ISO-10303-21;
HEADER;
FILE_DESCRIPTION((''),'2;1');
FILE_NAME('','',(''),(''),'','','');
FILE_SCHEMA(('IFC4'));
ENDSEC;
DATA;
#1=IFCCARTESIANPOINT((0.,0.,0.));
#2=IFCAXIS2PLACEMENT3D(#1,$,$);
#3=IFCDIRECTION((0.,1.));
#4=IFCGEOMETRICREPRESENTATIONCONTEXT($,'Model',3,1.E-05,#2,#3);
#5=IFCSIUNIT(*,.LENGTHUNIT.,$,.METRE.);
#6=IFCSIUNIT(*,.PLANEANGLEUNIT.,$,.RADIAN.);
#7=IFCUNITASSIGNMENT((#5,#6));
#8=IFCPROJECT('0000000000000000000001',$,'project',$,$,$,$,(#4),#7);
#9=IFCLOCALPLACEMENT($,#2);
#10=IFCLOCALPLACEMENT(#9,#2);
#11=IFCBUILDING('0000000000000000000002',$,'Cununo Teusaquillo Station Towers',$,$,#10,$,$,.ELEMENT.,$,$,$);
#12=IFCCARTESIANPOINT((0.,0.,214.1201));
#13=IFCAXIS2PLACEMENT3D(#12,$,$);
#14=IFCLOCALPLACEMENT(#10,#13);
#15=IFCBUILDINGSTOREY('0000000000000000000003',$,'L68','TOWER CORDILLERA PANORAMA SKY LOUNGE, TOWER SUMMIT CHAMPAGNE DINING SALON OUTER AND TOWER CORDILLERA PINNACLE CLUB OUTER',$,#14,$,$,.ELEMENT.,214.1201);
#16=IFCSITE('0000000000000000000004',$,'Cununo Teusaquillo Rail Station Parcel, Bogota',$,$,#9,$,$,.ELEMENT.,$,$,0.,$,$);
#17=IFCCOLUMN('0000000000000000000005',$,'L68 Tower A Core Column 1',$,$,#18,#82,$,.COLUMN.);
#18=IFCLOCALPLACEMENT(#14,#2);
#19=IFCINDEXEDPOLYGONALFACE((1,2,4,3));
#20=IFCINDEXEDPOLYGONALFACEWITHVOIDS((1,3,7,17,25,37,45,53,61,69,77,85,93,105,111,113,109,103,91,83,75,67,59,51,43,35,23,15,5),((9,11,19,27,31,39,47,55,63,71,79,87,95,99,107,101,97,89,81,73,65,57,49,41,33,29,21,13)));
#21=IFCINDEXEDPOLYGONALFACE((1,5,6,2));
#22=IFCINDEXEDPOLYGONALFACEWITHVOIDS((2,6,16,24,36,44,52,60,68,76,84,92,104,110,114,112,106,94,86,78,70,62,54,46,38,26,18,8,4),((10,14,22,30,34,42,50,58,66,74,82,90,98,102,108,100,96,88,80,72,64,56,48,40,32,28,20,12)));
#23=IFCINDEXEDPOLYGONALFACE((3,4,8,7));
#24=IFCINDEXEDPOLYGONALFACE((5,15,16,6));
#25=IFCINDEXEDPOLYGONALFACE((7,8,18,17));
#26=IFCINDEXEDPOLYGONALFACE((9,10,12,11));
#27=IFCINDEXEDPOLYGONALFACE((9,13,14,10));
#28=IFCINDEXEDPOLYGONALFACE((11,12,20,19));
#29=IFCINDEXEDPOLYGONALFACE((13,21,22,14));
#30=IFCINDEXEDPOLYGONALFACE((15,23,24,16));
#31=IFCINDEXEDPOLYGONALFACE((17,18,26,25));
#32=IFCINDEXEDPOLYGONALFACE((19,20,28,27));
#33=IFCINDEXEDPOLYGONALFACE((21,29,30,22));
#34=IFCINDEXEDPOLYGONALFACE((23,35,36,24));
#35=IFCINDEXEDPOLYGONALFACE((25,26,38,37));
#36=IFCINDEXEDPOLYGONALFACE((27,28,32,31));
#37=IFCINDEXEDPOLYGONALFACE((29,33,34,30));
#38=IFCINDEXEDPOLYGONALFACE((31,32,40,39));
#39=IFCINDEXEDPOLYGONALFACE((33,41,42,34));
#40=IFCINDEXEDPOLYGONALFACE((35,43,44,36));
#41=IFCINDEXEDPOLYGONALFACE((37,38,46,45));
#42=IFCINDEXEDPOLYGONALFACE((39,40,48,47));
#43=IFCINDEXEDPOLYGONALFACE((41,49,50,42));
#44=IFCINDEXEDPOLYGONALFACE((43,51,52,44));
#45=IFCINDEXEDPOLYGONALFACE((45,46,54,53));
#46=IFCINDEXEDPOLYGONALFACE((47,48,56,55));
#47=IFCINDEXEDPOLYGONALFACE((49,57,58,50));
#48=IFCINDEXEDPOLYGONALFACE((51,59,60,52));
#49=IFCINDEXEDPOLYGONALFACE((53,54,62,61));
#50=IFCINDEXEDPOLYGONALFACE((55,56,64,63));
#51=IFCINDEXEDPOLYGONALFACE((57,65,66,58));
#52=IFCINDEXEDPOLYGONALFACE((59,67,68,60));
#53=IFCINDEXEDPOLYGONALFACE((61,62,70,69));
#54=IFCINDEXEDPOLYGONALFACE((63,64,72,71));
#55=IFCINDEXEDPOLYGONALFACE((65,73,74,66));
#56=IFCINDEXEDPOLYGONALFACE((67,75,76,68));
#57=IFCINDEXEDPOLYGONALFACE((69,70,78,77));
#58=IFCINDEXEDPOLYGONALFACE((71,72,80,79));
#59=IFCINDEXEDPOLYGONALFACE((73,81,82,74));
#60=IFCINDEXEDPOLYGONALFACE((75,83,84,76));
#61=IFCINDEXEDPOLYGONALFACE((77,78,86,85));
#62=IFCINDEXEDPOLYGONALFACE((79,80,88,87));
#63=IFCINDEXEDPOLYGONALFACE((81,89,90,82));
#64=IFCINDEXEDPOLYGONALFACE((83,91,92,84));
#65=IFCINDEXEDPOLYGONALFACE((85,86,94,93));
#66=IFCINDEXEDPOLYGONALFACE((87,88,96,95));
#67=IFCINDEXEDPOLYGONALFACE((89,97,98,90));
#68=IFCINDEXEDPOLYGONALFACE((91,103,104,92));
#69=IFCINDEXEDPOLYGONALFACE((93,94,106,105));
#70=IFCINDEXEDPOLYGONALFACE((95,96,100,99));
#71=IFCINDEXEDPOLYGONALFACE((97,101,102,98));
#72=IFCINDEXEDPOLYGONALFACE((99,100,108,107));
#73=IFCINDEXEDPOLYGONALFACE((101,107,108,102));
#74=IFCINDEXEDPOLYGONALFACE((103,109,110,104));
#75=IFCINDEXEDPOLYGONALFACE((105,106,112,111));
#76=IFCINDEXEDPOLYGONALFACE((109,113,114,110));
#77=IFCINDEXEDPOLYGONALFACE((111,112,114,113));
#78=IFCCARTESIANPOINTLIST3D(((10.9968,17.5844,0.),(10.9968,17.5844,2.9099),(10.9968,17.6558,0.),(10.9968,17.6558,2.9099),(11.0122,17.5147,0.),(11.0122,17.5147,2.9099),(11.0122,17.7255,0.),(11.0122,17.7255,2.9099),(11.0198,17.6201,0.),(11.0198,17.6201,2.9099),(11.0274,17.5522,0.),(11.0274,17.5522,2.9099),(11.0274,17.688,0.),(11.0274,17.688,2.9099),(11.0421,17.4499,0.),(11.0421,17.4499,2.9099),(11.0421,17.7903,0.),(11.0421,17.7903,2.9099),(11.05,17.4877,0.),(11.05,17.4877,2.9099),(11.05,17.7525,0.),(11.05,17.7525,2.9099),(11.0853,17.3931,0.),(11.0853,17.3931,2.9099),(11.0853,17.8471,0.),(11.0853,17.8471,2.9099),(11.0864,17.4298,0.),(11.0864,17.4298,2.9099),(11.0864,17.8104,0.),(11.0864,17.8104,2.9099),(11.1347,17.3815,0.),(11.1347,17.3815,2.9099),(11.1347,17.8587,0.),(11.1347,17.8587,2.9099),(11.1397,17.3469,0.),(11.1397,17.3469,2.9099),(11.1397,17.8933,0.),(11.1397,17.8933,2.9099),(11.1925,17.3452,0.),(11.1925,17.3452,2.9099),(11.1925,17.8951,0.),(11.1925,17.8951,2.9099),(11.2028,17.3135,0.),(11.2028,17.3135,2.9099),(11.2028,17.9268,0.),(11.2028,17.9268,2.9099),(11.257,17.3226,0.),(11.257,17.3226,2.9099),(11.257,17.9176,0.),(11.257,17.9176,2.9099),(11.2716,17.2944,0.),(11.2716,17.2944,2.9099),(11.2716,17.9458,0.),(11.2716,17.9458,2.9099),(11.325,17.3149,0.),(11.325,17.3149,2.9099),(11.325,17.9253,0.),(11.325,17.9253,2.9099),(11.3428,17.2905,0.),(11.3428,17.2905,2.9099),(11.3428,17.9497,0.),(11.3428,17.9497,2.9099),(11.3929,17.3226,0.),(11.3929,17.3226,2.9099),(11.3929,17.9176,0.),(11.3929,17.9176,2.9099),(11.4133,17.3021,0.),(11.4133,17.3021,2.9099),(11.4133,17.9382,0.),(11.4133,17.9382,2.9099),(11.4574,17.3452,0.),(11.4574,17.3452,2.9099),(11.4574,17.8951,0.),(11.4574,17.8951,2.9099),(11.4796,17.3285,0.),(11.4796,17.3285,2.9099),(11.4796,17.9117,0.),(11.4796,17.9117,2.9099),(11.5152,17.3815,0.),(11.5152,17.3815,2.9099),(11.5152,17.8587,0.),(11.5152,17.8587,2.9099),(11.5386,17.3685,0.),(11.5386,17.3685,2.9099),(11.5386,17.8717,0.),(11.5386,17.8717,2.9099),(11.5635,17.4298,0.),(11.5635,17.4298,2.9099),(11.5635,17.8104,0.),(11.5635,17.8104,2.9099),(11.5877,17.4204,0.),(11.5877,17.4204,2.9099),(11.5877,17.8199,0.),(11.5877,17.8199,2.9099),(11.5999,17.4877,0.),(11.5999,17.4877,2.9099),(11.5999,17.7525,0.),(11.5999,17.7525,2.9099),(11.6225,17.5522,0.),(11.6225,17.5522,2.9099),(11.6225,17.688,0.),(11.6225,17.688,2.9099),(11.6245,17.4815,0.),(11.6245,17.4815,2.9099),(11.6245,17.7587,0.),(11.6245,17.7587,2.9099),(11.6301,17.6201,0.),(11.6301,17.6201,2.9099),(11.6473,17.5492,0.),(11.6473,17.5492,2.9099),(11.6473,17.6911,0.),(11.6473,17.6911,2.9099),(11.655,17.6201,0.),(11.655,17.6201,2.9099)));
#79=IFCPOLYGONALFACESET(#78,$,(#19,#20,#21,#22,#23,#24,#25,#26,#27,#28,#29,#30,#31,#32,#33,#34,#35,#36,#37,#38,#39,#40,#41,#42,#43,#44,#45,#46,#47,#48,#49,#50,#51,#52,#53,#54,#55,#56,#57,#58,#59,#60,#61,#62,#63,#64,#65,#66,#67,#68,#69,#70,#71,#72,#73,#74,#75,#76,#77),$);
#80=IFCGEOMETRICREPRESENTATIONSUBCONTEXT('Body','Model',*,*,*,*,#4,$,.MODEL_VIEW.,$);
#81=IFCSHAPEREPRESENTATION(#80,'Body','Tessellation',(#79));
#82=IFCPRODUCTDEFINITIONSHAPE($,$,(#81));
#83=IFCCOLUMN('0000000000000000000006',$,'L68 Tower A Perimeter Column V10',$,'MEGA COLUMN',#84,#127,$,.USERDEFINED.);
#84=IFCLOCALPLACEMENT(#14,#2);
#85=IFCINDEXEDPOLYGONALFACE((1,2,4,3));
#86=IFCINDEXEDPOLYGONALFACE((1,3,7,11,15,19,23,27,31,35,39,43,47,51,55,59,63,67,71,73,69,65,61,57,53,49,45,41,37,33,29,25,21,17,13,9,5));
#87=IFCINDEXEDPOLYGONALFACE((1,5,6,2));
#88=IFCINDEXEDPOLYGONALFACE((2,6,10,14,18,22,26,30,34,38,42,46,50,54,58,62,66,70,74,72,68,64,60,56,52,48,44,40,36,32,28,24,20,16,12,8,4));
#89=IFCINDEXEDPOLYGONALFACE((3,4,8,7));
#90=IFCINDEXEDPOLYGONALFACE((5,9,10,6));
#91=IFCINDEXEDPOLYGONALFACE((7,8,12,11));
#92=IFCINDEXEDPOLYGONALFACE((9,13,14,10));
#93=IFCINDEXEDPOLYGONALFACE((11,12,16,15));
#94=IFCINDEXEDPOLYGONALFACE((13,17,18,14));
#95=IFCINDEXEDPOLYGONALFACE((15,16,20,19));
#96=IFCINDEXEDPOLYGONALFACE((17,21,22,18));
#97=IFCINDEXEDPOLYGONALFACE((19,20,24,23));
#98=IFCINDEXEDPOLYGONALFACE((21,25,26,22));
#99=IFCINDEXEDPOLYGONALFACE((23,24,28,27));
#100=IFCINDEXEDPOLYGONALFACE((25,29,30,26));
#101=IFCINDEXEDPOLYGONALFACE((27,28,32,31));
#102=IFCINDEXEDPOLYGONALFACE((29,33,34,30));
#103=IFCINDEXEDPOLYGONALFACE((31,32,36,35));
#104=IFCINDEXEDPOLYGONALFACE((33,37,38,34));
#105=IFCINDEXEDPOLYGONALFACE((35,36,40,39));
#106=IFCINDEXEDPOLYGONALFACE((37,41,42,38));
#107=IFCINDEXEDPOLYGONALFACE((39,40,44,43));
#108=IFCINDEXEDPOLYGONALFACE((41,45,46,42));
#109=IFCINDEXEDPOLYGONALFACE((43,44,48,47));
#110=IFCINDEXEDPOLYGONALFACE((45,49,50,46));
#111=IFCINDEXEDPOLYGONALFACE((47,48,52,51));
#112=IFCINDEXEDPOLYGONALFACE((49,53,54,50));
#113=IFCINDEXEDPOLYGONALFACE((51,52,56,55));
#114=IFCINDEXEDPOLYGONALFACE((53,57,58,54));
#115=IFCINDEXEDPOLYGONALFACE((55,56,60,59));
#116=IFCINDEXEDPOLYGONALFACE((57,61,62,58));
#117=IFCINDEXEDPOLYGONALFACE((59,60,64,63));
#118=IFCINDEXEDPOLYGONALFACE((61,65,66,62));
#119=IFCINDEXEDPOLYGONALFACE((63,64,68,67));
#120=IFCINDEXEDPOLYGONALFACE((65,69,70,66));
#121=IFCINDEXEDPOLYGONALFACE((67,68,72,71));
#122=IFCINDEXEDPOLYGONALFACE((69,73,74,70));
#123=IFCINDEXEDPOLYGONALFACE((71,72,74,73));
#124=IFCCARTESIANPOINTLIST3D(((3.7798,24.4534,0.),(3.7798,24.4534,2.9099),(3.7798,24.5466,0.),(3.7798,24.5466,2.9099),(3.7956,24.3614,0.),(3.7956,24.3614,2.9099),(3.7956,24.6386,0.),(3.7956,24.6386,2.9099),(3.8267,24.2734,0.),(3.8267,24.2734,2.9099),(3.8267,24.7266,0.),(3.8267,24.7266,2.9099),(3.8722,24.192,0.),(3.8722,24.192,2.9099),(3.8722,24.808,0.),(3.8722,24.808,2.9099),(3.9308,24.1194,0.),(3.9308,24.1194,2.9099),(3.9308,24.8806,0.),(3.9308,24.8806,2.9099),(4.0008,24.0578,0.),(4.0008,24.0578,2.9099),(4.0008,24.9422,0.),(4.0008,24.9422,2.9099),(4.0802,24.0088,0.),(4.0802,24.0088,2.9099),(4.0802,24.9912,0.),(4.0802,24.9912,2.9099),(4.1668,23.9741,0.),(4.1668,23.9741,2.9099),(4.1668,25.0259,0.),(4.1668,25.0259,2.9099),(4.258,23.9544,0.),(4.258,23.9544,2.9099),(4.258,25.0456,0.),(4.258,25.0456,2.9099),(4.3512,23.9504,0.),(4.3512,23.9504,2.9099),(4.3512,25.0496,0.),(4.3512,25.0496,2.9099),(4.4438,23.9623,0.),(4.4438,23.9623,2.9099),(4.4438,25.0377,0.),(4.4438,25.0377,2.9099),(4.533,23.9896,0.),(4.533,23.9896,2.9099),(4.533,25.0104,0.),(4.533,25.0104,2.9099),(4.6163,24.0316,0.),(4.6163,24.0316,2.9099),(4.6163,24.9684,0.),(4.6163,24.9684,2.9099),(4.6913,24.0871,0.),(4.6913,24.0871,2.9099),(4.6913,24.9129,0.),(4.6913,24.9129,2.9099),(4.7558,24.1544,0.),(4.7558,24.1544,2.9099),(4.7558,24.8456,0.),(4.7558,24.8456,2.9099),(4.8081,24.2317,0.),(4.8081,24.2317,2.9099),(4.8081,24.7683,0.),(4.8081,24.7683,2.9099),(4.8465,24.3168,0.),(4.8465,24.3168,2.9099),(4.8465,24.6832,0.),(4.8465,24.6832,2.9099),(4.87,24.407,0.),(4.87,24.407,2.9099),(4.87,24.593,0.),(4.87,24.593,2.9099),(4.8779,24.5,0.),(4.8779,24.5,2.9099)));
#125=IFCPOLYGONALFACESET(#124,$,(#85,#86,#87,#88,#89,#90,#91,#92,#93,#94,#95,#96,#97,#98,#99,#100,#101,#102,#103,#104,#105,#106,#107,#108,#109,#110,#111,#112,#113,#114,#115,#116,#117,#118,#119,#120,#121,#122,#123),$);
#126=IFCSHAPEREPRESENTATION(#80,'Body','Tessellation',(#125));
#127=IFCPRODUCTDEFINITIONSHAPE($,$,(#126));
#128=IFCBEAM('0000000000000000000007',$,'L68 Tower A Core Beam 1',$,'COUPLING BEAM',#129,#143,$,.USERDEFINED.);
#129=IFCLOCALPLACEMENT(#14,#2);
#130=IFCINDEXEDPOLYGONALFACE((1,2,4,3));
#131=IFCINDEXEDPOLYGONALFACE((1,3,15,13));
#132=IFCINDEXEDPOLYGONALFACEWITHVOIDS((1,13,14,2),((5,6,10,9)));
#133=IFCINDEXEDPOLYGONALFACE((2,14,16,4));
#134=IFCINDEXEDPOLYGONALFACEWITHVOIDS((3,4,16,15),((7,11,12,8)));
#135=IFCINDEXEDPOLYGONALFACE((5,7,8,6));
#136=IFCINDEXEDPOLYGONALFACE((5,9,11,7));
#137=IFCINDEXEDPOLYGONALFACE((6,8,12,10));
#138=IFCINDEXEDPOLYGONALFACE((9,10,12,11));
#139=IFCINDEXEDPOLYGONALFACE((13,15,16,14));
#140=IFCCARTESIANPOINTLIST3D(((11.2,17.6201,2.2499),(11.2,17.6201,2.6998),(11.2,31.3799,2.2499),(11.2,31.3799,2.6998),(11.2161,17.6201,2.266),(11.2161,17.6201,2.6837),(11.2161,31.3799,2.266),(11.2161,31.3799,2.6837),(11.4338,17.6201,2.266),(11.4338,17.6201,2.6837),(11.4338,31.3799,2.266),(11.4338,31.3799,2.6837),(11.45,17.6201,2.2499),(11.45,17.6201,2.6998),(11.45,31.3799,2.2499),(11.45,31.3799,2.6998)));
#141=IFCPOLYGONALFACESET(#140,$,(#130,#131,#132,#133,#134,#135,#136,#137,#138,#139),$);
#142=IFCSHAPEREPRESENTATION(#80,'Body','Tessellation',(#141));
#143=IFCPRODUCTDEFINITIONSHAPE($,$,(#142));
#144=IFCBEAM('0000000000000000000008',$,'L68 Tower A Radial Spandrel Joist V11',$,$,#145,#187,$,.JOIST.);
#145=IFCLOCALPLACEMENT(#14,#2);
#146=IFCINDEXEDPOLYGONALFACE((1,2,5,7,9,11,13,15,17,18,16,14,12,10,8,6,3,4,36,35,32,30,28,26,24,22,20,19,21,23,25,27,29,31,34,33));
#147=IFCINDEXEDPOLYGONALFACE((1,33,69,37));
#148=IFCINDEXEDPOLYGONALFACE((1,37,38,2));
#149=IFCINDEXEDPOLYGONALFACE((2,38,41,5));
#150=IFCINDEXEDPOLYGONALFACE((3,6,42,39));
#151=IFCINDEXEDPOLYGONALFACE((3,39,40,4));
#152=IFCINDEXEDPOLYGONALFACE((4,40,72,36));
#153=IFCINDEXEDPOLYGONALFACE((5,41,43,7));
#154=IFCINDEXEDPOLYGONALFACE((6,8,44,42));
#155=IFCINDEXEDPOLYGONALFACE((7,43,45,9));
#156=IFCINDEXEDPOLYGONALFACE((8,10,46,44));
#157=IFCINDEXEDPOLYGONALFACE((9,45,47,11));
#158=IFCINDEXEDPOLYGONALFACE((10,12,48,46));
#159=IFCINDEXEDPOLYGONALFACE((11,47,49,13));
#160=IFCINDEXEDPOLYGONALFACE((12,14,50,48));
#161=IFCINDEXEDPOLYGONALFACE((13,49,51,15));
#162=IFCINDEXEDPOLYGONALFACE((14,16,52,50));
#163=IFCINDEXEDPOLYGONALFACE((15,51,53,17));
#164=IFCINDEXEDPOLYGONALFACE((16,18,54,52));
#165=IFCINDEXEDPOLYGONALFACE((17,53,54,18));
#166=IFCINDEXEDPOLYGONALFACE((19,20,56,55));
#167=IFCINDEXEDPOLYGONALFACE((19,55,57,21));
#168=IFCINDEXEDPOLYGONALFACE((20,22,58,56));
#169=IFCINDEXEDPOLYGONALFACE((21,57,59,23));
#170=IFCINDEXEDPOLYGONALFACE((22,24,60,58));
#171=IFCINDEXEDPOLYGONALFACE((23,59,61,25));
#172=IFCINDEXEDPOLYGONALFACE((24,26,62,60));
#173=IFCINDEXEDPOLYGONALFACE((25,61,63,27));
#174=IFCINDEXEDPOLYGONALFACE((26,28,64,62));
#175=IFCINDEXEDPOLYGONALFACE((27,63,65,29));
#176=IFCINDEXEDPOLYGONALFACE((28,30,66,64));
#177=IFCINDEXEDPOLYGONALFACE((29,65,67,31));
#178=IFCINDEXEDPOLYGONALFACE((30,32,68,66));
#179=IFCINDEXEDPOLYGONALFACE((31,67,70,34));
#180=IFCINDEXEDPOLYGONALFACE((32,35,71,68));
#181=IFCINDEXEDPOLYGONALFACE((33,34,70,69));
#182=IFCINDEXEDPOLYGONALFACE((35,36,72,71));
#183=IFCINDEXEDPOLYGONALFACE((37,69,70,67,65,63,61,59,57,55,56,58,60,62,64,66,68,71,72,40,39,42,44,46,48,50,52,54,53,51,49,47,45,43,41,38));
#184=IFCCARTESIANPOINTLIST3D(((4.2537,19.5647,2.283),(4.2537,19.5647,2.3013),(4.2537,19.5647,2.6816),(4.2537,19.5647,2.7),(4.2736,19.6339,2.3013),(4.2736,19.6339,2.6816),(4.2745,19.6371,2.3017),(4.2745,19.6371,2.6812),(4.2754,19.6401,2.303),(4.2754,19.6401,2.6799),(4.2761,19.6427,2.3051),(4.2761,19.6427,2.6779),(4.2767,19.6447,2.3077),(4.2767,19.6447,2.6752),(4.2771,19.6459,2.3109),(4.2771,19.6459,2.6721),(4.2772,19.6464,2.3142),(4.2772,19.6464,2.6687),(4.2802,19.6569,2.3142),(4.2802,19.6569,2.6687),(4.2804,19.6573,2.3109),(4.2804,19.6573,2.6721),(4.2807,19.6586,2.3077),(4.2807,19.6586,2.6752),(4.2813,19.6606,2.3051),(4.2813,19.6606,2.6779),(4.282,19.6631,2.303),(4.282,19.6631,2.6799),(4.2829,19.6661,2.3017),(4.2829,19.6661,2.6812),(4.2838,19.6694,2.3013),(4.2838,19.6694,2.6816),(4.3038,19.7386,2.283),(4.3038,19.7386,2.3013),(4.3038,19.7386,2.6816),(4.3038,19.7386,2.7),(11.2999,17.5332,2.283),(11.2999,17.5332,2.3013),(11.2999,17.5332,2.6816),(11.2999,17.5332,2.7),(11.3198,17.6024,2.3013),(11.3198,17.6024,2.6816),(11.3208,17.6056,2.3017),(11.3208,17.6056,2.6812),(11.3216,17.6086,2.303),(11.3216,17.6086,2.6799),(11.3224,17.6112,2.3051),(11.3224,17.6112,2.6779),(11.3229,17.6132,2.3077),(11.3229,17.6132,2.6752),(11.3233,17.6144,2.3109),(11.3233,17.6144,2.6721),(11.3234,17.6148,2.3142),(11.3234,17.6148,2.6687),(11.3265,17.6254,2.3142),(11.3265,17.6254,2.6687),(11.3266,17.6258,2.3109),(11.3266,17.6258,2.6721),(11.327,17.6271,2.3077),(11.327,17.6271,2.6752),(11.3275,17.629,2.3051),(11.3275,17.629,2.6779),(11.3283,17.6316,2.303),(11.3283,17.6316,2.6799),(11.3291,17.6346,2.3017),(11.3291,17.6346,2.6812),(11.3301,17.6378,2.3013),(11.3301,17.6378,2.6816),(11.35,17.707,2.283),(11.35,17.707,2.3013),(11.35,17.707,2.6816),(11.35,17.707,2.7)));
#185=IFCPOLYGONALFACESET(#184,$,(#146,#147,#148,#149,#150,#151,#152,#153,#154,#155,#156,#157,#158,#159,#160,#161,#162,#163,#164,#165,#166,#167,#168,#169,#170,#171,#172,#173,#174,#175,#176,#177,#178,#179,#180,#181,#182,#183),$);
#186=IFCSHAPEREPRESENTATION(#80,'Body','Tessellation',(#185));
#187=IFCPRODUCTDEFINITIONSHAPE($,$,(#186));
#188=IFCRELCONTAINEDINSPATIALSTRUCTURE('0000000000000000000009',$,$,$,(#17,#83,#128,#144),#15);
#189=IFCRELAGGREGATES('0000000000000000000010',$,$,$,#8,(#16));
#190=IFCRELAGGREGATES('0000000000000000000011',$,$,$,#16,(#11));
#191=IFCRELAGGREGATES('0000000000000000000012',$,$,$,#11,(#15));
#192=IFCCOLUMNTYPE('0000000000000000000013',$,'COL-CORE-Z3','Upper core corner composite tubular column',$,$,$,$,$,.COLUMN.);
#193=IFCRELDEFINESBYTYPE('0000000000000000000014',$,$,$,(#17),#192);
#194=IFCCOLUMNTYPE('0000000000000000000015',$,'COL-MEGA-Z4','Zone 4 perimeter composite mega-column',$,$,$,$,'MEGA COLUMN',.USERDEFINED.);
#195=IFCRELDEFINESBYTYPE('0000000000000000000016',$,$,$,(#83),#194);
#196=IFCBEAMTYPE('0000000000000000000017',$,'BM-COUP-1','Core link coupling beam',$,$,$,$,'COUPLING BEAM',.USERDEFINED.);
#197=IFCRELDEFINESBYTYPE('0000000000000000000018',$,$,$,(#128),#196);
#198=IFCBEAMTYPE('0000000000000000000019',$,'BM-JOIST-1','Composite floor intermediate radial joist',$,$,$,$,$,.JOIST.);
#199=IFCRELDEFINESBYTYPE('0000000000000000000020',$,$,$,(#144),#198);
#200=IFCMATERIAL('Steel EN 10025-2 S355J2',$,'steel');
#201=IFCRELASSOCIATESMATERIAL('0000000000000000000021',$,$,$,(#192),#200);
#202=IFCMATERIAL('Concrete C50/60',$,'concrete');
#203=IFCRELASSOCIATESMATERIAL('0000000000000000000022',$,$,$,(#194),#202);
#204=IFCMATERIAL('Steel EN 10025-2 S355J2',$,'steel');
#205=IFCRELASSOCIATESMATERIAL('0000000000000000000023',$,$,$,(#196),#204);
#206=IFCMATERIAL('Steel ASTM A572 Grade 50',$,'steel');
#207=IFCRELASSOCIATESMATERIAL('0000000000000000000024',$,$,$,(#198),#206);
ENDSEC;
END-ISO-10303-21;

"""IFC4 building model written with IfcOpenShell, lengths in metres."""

from ifc_helpers import new_model, si_unit, direction, frame, origin, origin_2d, place, context, subcontext, project, spatial, hollow_rectangle, circle, hollow_circle, i_section, extrude, material, material_profile, profile_set, type_object, element, save


model = new_model("IFC4")

# Units and contexts
model_context = context("Model", 3, precision=1e-05, world=origin(), true_north=direction((0.0, 1.0)))
body_context = subcontext(model_context, "Body", "Model", "MODEL_VIEW")
ifc_project = project(units=[si_unit("LENGTHUNIT", "METRE"), si_unit("PLANEANGLEUNIT", "RADIAN")], contexts=[model_context])

# Site, building, storey
site_placement = place(None, origin())
site = spatial("IfcSite", under=ifc_project, at=site_placement, Name="Cununo Teusaquillo Rail Station Parcel, Bogota", CompositionType="ELEMENT", RefElevation=0.0)
building_placement = place(site_placement, origin())
building = spatial("IfcBuilding", under=site, at=building_placement, Name="Cununo Teusaquillo Station Towers", CompositionType="ELEMENT")
storey_placement = place(building_placement, frame((0.0, 0.0, 214.1201)))
storey = spatial("IfcBuildingStorey", under=building, at=storey_placement, Name="L68", Description="TOWER CORDILLERA PANORAMA SKY LOUNGE, TOWER SUMMIT CHAMPAGNE DINING SALON OUTER AND TOWER CORDILLERA PINNACLE CLUB OUTER", CompositionType="ELEMENT", Elevation=214.1201)

# Columns
ifc_material_1 = material(Name="Steel EN 10025-2 S355J2", Category="steel")
ifc_material_profile_1 = material_profile(ifc_material_1, hollow_circle(Radius=0.3301, WallThickness=0.0249, at=origin_2d()), Name="CHS 660x25")
ifc_profile_set_1 = profile_set([ifc_material_profile_1], Name="Steel EN 10025-2 S355J2")
column_type_1 = type_object("IfcColumnType", Name="COL-CORE-Z3", Description="Upper core corner composite tubular column", PredefinedType="COLUMN", material=ifc_profile_set_1)
column_1_placement = place(storey_placement, frame((11.325, 17.6201, 0.0), z_axis=(0.0, 0.0, 1.0), x_axis=(1.0, 0.0, 0.0)))
element("IfcColumn", 1, at=column_1_placement, inside=storey, type_object=column_type_1, Name="L68 Tower A Core Column 1", PredefinedType="COLUMN", context=body_context, shape_type="SweptSolid", body=[
    extrude(hollow_circle(Radius=0.3301, WallThickness=0.0249, at=origin_2d()), origin(), (0.0, 0.0, 1.0), 2.9099),
])
ifc_material_2 = material(Name="Concrete C50/60", Category="concrete")
ifc_material_profile_2 = material_profile(ifc_material_2, circle(Radius=0.55, at=origin_2d()), Name="RC-CIRC-1100")
ifc_profile_set_2 = profile_set([ifc_material_profile_2], Name="Concrete C50/60")
column_type_2 = type_object("IfcColumnType", Name="COL-MEGA-Z4", Description="Zone 4 perimeter composite mega-column", ElementType="MEGA COLUMN", PredefinedType="USERDEFINED", material=ifc_profile_set_2)
column_2_placement = place(storey_placement, frame((4.3279, 24.5, 0.0), z_axis=(0.0, 0.0, 1.0), x_axis=(1.0, 0.0, 0.0)))
element("IfcColumn", 2, at=column_2_placement, inside=storey, type_object=column_type_2, Name="L68 Tower A Perimeter Column V10", ObjectType="MEGA COLUMN", PredefinedType="USERDEFINED", context=body_context, shape_type="SweptSolid", body=[
    extrude(circle(Radius=0.55, at=origin_2d()), origin(), (0.0, 0.0, 1.0), 2.9099),
])

# Beams
ifc_material_3 = material(Name="Steel EN 10025-2 S355J2", Category="steel")
ifc_material_profile_3 = material_profile(ifc_material_3, hollow_rectangle(XDim=0.25, YDim=0.45, WallThickness=0.0161, at=origin_2d()), Name="RHS 450x250x16")
ifc_profile_set_3 = profile_set([ifc_material_profile_3], Name="Steel EN 10025-2 S355J2")
beam_type_1 = type_object("IfcBeamType", Name="BM-COUP-1", Description="Core link coupling beam", ElementType="COUPLING BEAM", PredefinedType="USERDEFINED", material=ifc_profile_set_3)
beam_1_placement = place(storey_placement, frame((11.325, 17.6201, 2.4749), z_axis=(0.0, 1.0, 0.0), x_axis=(-1.0, 0.0, 0.0)))
element("IfcBeam", 3, at=beam_1_placement, inside=storey, type_object=beam_type_1, Name="L68 Tower A Core Beam 1", ObjectType="COUPLING BEAM", PredefinedType="USERDEFINED", context=body_context, shape_type="SweptSolid", body=[
    extrude(hollow_rectangle(XDim=0.25, YDim=0.45, WallThickness=0.0161, at=origin_2d()), origin(), (0.0, 0.0, 1.0), 13.7598),
])
ifc_material_4 = material(Name="Steel ASTM A572 Grade 50", Category="steel")
ifc_material_profile_4 = material_profile(ifc_material_4, i_section(OverallWidth=0.1809, OverallDepth=0.417, WebThickness=0.011, FlangeThickness=0.0183, FilletRadius=0.0129, at=origin_2d()), Name="W16X57")
ifc_profile_set_4 = profile_set([ifc_material_profile_4], Name="Steel ASTM A572 Grade 50")
beam_type_2 = type_object("IfcBeamType", Name="BM-JOIST-1", Description="Composite floor intermediate radial joist", PredefinedType="JOIST", material=ifc_profile_set_4)
beam_2_placement = place(storey_placement, frame((11.325, 17.6201, 2.4915), z_axis=(-0.960862, 0.277029, 0.0), x_axis=(-0.277029, -0.960862, 0.0)))
element("IfcBeam", 4, at=beam_2_placement, inside=storey, type_object=beam_type_2, Name="L68 Tower A Radial Spandrel Joist V11", PredefinedType="JOIST", context=body_context, shape_type="SweptSolid", body=[
    extrude(i_section(OverallWidth=0.1809, OverallDepth=0.417, WebThickness=0.011, FlangeThickness=0.0183, FilletRadius=0.0129, at=origin_2d()), origin(), (0.0, 0.0, 1.0), 7.3333),
])

save(model, "model.ifc")
